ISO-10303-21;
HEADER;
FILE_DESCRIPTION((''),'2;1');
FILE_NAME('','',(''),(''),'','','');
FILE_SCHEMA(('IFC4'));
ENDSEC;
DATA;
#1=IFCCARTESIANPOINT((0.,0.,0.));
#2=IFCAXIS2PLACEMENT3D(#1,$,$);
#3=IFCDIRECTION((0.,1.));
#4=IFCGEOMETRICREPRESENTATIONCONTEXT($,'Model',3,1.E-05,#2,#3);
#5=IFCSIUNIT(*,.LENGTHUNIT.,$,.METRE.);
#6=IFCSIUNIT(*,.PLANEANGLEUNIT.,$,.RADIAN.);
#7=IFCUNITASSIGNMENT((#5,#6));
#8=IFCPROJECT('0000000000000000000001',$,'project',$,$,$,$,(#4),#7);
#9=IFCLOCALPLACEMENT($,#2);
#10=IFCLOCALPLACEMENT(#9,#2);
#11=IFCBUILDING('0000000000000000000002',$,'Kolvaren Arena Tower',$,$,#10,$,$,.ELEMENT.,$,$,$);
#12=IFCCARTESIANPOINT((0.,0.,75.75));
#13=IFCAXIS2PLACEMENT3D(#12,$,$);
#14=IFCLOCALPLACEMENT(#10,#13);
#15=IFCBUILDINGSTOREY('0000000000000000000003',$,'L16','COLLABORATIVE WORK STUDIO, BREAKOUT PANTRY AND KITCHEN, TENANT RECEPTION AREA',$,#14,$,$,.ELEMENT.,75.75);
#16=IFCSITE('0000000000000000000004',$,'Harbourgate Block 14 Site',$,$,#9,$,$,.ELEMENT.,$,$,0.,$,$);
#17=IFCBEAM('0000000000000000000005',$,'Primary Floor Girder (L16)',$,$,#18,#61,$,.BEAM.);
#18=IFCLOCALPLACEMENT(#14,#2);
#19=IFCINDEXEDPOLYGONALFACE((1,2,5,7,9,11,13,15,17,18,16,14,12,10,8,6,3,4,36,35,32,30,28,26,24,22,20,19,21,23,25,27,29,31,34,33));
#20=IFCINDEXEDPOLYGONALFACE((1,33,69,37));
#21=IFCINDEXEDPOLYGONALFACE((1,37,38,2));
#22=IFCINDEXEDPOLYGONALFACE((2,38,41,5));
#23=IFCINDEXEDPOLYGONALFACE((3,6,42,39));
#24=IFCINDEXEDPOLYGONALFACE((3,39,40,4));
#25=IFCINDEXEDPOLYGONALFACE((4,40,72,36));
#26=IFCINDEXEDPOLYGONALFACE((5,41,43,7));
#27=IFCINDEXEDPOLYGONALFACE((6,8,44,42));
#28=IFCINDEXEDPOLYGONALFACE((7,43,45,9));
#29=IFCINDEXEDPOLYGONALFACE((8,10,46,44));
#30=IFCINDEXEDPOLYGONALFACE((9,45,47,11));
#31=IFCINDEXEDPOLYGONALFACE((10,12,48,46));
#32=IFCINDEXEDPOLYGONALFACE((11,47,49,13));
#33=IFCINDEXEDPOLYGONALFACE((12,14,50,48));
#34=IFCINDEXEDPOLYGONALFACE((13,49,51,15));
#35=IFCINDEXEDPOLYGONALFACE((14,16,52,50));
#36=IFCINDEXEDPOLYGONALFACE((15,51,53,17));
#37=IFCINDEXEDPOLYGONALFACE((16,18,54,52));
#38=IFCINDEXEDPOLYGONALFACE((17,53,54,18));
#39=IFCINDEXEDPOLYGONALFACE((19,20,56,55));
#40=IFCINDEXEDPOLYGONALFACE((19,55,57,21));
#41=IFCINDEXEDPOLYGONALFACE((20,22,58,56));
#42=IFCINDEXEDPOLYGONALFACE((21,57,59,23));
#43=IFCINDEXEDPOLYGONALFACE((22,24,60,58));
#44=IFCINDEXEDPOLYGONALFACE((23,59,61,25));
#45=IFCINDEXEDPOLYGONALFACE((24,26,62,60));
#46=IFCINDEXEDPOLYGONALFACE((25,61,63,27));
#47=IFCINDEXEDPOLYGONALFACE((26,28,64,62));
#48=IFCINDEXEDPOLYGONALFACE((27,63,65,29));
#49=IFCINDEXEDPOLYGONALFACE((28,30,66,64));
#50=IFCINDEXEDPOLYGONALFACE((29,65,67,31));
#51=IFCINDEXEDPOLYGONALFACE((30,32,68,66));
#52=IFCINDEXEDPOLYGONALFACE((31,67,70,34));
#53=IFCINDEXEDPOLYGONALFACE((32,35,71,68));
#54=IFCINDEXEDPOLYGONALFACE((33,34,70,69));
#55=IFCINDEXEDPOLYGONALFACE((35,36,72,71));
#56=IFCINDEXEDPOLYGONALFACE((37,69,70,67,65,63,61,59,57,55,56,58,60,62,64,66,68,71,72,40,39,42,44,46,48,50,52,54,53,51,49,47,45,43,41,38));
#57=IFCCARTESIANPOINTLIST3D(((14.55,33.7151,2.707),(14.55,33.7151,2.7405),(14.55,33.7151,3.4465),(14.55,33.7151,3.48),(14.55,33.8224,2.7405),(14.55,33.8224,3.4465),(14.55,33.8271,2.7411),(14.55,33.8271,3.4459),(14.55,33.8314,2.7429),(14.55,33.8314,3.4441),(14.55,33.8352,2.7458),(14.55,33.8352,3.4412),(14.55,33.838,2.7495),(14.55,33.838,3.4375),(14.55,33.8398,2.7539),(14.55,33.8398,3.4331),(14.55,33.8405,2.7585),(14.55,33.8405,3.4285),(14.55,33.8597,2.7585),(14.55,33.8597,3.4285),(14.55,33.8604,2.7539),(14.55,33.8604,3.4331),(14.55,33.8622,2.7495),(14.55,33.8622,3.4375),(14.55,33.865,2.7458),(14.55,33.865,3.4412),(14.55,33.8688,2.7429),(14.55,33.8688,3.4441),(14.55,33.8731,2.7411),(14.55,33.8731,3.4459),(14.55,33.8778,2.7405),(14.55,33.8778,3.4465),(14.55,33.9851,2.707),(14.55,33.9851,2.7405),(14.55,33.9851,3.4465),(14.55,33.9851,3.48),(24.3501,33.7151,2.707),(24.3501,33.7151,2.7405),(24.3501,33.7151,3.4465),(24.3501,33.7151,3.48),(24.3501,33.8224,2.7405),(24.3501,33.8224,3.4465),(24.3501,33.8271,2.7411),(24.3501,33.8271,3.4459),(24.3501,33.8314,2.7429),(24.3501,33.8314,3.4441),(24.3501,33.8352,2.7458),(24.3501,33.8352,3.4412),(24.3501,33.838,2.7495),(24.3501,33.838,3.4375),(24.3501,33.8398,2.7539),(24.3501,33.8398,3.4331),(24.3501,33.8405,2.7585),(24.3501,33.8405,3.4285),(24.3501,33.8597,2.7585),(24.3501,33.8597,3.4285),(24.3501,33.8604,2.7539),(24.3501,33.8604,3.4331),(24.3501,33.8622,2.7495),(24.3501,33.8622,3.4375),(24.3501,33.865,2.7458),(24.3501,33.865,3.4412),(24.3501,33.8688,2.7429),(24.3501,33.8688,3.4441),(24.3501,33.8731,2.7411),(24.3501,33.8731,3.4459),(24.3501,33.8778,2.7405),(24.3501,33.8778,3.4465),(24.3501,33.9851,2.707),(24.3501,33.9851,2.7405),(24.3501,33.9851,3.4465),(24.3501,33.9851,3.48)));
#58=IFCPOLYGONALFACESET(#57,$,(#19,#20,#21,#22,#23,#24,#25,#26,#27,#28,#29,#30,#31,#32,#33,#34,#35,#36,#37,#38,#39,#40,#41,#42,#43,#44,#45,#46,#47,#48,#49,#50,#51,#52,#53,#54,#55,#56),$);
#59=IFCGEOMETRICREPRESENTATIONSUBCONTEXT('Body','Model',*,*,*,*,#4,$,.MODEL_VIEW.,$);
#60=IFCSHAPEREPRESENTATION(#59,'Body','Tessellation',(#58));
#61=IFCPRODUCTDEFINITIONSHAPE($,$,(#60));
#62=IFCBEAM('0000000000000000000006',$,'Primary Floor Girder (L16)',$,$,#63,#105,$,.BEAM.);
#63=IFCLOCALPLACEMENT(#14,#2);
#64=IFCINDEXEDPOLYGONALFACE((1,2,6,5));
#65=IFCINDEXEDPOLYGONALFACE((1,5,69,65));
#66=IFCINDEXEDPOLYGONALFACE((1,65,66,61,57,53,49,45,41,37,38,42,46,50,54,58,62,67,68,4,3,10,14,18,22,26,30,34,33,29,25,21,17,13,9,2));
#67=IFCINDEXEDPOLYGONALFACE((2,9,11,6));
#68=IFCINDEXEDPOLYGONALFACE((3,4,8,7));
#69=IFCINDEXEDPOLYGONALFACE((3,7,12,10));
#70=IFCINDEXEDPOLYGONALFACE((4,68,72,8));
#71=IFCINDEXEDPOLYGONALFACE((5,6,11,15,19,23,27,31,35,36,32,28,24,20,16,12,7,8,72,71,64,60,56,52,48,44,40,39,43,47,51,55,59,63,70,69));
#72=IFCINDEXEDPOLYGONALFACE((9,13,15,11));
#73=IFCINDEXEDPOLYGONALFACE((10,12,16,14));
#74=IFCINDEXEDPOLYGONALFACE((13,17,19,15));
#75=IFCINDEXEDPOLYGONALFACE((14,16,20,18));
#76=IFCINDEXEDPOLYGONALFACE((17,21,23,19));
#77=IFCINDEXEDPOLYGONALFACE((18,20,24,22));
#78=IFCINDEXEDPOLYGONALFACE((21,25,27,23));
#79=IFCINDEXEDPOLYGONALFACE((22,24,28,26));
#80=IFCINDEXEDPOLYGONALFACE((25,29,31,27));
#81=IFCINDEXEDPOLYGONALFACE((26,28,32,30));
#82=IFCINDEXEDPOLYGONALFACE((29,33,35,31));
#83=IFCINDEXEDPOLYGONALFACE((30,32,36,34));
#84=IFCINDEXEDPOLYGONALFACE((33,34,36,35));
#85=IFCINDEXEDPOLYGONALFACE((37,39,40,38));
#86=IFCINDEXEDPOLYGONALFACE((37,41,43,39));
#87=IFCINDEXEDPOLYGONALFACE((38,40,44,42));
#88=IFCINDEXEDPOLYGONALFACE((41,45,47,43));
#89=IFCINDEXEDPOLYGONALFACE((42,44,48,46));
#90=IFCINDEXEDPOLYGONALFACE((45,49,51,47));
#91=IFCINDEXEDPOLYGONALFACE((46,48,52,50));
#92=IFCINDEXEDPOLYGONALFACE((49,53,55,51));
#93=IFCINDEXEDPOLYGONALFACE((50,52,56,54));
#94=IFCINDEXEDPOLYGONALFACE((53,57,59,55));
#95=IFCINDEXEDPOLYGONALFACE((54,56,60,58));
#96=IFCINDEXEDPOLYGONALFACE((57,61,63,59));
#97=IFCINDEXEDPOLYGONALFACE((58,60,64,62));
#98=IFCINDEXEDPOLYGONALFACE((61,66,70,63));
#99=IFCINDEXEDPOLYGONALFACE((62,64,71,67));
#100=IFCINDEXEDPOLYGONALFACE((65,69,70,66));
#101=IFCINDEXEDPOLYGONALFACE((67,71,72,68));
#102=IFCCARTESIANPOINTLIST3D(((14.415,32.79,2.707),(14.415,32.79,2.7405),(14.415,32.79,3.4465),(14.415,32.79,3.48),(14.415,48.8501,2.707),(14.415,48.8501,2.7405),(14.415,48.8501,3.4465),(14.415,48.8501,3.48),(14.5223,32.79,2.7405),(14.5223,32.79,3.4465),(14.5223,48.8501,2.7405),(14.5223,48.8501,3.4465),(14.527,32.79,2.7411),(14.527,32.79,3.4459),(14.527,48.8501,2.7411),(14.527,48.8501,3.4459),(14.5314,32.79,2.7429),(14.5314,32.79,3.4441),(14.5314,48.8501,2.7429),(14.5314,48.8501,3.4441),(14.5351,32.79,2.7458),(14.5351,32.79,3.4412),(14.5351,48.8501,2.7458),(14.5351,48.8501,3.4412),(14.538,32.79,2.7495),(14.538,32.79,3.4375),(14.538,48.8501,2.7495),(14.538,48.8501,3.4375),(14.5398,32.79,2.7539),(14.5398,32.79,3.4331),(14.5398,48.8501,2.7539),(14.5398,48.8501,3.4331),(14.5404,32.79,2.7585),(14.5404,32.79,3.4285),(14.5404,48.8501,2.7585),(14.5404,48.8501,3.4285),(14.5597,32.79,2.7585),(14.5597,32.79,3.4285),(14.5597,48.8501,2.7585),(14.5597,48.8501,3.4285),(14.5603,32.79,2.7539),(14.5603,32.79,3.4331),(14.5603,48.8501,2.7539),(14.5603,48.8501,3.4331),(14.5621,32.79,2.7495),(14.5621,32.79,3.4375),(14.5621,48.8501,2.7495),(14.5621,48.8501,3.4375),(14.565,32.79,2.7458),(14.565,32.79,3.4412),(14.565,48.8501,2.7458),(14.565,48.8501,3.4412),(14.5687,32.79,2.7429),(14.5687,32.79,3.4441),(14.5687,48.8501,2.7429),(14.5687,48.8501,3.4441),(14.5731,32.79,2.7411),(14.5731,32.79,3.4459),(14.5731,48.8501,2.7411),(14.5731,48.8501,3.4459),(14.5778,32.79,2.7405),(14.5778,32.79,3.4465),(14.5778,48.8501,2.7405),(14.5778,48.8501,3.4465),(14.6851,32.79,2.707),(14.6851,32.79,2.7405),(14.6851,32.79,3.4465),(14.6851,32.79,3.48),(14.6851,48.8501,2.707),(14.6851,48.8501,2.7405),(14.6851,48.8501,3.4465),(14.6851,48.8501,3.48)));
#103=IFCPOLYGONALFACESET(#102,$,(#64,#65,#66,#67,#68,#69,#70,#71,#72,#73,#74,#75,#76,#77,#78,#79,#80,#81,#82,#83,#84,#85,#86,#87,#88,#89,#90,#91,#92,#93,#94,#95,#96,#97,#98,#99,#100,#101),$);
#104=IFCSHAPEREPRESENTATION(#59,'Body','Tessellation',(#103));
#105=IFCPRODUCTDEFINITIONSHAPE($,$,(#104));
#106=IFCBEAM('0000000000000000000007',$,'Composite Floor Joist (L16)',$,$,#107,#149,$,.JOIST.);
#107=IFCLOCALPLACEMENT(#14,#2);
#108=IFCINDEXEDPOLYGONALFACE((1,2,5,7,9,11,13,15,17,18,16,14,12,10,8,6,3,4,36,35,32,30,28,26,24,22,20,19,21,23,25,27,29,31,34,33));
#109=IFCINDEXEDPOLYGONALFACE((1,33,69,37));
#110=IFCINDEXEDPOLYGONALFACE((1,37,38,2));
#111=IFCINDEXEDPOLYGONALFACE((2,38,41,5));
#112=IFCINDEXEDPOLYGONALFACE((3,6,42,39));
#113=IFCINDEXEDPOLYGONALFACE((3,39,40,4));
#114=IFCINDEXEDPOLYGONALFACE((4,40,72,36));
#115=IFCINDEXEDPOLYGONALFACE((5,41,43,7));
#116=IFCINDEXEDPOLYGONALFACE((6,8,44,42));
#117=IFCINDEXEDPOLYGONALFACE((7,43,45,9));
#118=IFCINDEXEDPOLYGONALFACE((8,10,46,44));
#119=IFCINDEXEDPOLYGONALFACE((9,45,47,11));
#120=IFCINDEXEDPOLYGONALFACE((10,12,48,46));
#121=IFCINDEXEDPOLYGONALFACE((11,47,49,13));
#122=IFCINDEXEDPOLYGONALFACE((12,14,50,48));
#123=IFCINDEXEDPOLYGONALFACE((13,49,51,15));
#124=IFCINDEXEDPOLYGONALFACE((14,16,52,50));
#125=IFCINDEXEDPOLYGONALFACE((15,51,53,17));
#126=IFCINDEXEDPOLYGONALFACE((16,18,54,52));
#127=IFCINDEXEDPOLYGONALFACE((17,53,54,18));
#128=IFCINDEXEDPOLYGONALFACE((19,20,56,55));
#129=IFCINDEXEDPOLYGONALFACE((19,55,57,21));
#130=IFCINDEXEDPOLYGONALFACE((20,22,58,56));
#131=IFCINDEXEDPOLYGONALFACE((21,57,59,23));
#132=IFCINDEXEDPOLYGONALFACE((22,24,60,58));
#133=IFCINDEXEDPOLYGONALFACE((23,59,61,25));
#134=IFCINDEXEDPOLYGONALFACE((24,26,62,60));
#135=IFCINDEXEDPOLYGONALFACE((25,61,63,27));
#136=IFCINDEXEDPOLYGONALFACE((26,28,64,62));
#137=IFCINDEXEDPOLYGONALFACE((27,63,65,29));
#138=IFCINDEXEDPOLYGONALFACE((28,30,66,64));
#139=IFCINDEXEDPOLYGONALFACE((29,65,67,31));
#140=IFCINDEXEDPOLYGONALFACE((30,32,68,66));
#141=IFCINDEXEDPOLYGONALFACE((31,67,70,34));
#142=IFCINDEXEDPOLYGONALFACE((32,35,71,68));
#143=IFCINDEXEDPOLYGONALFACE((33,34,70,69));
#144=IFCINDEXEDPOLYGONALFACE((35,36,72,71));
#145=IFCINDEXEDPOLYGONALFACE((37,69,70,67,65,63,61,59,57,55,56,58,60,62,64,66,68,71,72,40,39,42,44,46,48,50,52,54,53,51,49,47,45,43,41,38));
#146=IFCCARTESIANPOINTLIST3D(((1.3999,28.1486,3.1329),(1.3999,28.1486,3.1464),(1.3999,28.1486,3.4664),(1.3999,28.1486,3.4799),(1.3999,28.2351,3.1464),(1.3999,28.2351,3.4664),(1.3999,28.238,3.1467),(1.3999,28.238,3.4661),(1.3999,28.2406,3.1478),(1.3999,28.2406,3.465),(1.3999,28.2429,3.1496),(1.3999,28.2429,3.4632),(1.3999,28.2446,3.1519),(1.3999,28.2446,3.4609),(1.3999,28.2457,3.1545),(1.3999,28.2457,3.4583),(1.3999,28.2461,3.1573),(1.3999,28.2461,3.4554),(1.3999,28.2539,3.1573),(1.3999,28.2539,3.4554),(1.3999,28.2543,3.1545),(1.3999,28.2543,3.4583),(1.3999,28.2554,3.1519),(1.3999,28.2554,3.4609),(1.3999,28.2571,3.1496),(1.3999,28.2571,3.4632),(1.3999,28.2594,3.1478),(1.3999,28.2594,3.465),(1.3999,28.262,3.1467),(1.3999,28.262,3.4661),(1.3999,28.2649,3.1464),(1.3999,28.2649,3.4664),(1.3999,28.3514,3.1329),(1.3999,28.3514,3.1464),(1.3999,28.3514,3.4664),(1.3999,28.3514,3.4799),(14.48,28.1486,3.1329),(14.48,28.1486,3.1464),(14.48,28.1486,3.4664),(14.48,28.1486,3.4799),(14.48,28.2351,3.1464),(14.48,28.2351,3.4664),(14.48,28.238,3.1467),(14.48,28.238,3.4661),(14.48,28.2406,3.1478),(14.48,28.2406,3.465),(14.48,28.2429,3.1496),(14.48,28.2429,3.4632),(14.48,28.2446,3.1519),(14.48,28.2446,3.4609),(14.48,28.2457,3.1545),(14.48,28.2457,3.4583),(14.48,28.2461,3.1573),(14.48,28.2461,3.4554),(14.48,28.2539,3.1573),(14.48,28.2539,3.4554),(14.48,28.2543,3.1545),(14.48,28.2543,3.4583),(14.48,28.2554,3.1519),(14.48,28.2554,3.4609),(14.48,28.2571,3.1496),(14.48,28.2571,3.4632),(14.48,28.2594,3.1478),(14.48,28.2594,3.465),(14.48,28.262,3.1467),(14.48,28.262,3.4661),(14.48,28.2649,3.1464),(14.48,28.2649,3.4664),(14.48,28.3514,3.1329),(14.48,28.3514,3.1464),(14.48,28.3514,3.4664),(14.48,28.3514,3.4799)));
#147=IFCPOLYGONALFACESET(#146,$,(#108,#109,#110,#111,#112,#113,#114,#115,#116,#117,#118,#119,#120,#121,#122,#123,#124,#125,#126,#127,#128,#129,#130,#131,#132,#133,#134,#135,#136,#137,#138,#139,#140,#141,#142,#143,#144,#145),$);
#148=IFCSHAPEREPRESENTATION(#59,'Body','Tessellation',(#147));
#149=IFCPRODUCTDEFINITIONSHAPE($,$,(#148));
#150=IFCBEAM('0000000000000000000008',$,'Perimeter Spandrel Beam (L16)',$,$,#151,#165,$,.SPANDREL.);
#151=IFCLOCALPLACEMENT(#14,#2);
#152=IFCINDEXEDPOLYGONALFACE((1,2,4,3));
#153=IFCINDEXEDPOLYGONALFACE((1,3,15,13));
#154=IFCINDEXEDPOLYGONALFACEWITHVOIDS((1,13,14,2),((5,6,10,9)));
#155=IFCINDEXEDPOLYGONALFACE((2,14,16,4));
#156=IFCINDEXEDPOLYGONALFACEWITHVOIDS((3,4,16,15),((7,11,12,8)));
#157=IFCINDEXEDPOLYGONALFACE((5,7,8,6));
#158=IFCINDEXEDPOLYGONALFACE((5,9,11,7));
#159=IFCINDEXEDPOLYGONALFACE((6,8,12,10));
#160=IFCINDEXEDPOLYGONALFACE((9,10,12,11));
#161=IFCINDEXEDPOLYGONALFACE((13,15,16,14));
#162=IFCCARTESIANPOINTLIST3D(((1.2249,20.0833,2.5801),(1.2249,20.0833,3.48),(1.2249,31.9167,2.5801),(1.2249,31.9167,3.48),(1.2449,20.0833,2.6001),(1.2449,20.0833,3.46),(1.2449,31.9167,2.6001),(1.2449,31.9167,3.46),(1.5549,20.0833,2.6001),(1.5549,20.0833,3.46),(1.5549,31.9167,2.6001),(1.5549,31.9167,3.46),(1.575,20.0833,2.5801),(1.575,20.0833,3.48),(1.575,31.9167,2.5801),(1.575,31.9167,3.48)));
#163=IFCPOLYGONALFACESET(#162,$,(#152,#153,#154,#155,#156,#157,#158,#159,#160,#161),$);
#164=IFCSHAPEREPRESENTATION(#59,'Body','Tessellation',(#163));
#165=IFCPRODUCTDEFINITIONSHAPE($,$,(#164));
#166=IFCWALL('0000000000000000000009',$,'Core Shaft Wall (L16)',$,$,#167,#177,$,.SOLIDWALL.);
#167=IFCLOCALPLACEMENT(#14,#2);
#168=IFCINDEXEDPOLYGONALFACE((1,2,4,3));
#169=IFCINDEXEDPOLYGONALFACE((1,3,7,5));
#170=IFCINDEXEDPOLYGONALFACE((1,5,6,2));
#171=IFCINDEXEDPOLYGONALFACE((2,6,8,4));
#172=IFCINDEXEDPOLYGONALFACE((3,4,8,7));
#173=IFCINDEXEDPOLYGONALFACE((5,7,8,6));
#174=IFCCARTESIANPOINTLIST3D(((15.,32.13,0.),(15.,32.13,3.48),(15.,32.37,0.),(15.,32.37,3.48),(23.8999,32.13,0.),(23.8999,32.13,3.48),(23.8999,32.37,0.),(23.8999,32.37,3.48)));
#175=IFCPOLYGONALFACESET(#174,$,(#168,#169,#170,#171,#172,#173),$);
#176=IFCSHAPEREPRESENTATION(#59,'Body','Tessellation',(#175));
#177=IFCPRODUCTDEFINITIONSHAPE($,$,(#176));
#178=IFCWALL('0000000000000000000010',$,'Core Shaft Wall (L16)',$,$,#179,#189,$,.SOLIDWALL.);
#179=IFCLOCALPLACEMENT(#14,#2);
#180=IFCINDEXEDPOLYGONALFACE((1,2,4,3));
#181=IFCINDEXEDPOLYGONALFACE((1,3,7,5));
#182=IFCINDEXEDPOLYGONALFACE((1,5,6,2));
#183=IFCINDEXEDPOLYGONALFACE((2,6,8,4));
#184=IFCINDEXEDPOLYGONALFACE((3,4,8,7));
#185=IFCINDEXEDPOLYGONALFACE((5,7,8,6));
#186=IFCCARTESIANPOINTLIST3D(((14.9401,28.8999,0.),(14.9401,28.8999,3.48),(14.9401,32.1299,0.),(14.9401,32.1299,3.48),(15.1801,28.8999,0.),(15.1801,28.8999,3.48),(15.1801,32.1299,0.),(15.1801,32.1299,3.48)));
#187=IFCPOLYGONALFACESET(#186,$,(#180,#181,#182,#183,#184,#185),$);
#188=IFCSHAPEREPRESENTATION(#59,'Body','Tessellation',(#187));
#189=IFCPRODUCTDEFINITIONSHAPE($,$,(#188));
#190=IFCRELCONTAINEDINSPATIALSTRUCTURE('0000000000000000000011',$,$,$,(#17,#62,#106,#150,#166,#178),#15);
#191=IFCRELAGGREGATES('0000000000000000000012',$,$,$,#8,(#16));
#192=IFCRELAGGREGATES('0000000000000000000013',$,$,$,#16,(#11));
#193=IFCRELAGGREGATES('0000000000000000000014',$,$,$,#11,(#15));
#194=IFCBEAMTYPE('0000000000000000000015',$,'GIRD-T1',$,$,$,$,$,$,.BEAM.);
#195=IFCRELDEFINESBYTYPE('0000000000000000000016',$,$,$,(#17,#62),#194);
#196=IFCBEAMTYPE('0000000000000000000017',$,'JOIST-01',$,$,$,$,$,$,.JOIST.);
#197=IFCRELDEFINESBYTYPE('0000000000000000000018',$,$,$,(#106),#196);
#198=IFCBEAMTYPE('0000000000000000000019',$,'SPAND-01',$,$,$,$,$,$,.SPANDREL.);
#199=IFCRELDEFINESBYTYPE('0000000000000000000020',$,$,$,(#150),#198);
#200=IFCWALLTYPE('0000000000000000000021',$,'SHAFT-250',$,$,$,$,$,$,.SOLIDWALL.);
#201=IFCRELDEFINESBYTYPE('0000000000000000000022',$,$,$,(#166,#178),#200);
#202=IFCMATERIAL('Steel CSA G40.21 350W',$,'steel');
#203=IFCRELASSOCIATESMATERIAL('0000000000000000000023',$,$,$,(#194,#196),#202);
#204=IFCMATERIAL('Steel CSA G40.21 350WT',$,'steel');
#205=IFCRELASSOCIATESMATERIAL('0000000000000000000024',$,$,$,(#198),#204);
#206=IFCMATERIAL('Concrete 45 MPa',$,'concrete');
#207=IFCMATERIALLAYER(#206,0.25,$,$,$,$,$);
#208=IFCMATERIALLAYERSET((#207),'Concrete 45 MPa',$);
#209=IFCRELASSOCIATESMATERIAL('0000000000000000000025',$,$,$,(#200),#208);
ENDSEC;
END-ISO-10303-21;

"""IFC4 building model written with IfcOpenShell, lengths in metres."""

from ifc_helpers import new_model, si_unit, direction, frame, frame_2d, origin, origin_2d, place, context, subcontext, project, spatial, rectangle, hollow_rectangle, i_section, extrude, material, layer, layer_set, material_profile, profile_set, type_object, element, save


model = new_model("IFC4")

# Units and contexts
model_context = context("Model", 3, precision=1e-05, world=origin(), true_north=direction((0.0, 1.0)))
body_context = subcontext(model_context, "Body", "Model", "MODEL_VIEW")
ifc_project = project(units=[si_unit("LENGTHUNIT", "METRE"), si_unit("PLANEANGLEUNIT", "RADIAN")], contexts=[model_context])

# Site, building, storey
site_placement = place(None, origin())
site = spatial("IfcSite", under=ifc_project, at=site_placement, Name="Harbourgate Block 14 Site", CompositionType="ELEMENT", RefElevation=0.0)
building_placement = place(site_placement, origin())
building = spatial("IfcBuilding", under=site, at=building_placement, Name="Kolvaren Arena Tower", CompositionType="ELEMENT")
storey_placement = place(building_placement, frame((0.0, 0.0, 75.75)))
storey = spatial("IfcBuildingStorey", under=building, at=storey_placement, Name="L16", Description="COLLABORATIVE WORK STUDIO, BREAKOUT PANTRY AND KITCHEN, TENANT RECEPTION AREA", CompositionType="ELEMENT", Elevation=75.75)

# Beams
ifc_material_1 = material(Name="Steel CSA G40.21 350W", Category="steel")
ifc_material_profile_1 = material_profile(ifc_material_1, i_section(OverallWidth=0.27, OverallDepth=0.7729, WebThickness=0.0193, FlangeThickness=0.0334, FilletRadius=0.0181, at=origin_2d()), Name="W760x257")
ifc_profile_set_1 = profile_set([ifc_material_profile_1], Name="Steel CSA G40.21 350W")
beam_type_1 = type_object("IfcBeamType", Name="GIRD-T1", PredefinedType="BEAM", material=ifc_profile_set_1)
beam_1_placement = place(storey_placement, frame((14.55, 33.8501, 3.0935), z_axis=(1.0, 0.0, 0.0), x_axis=(0.0, 1.0, 0.0)))
element("IfcBeam", 1, at=beam_1_placement, inside=storey, type_object=beam_type_1, Name="Primary Floor Girder (L16)", PredefinedType="BEAM", context=body_context, shape_type="SweptSolid", body=[
    extrude(i_section(OverallWidth=0.27, OverallDepth=0.7729, WebThickness=0.0193, FlangeThickness=0.0334, FilletRadius=0.0181, at=origin_2d()), origin(), (0.0, 0.0, 1.0), 9.8),
])
beam_2_placement = place(storey_placement, frame((14.55, 32.79, 3.0935), z_axis=(0.0, 1.0, 0.0), x_axis=(-1.0, 0.0, 0.0)))
element("IfcBeam", 2, at=beam_2_placement, inside=storey, type_object=beam_type_1, Name="Primary Floor Girder (L16)", PredefinedType="BEAM", context=body_context, shape_type="SweptSolid", body=[
    extrude(i_section(OverallWidth=0.27, OverallDepth=0.7729, WebThickness=0.0193, FlangeThickness=0.0334, FilletRadius=0.0181, at=origin_2d()), origin(), (0.0, 0.0, 1.0), 16.0601),
])
ifc_material_profile_2 = material_profile(ifc_material_1, i_section(OverallWidth=0.2029, OverallDepth=0.3469, WebThickness=0.0078, FlangeThickness=0.0134, FilletRadius=0.011, at=origin_2d()), Name="W360x64")
ifc_profile_set_2 = profile_set([ifc_material_profile_2], Name="Steel CSA G40.21 350W")
beam_type_2 = type_object("IfcBeamType", Name="JOIST-01", PredefinedType="JOIST", material=ifc_profile_set_2)
beam_3_placement = place(storey_placement, frame((1.3999, 28.25, 3.3064), z_axis=(1.0, 0.0, 0.0), x_axis=(0.0, 1.0, 0.0)))
element("IfcBeam", 3, at=beam_3_placement, inside=storey, type_object=beam_type_2, Name="Composite Floor Joist (L16)", PredefinedType="JOIST", context=body_context, shape_type="SweptSolid", body=[
    extrude(i_section(OverallWidth=0.2029, OverallDepth=0.3469, WebThickness=0.0078, FlangeThickness=0.0134, FilletRadius=0.011, at=origin_2d()), origin(), (0.0, 0.0, 1.0), 13.0801),
])
ifc_material_2 = material(Name="Steel CSA G40.21 350WT", Category="steel")
ifc_material_profile_3 = material_profile(ifc_material_2, hollow_rectangle(XDim=0.3501, YDim=0.8999, WallThickness=0.02, at=origin_2d()), Name="HSS 900x350x20")
ifc_profile_set_3 = profile_set([ifc_material_profile_3], Name="Steel CSA G40.21 350WT")
beam_type_3 = type_object("IfcBeamType", Name="SPAND-01", PredefinedType="SPANDREL", material=ifc_profile_set_3)
beam_4_placement = place(storey_placement, frame((1.3999, 31.9167, 3.03), z_axis=(0.0, -1.0, 0.0), x_axis=(1.0, 0.0, 0.0)))
element("IfcBeam", 4, at=beam_4_placement, inside=storey, type_object=beam_type_3, Name="Perimeter Spandrel Beam (L16)", PredefinedType="SPANDREL", context=body_context, shape_type="SweptSolid", body=[
    extrude(hollow_rectangle(XDim=0.3501, YDim=0.8999, WallThickness=0.02, at=origin_2d()), origin(), (0.0, 0.0, 1.0), 11.8335),
])

# Walls
ifc_material_3 = material(Name="Concrete 45 MPa", Category="concrete")
ifc_layer = layer(ifc_material_3, 0.25)
ifc_layer_set = layer_set([ifc_layer], Name="Concrete 45 MPa")
wall_type = type_object("IfcWallType", Name="SHAFT-250", PredefinedType="SOLIDWALL", material=ifc_layer_set)
wall_1_placement = place(storey_placement, frame((15.0, 32.25, 0.0), z_axis=(0.0, 0.0, 1.0), x_axis=(1.0, 0.0, 0.0)))
element("IfcWall", 5, at=wall_1_placement, inside=storey, type_object=wall_type, Name="Core Shaft Wall (L16)", PredefinedType="SOLIDWALL", context=body_context, shape_type="SweptSolid", body=[
    extrude(rectangle(XDim=8.8999, YDim=0.24, at=frame_2d((4.45, 0.0))), origin(), (0.0, 0.0, 1.0), 3.48),
])
wall_2_placement = place(storey_placement, frame((15.0601, 28.8999, 0.0), z_axis=(0.0, 0.0, 1.0), x_axis=(0.0, 1.0, 0.0)))
element("IfcWall", 6, at=wall_2_placement, inside=storey, type_object=wall_type, Name="Core Shaft Wall (L16)", PredefinedType="SOLIDWALL", context=body_context, shape_type="SweptSolid", body=[
    extrude(rectangle(XDim=3.23, YDim=0.24, at=frame_2d((1.615, 0.0))), origin(), (0.0, 0.0, 1.0), 3.48),
])

save(model, "model.ifc")
